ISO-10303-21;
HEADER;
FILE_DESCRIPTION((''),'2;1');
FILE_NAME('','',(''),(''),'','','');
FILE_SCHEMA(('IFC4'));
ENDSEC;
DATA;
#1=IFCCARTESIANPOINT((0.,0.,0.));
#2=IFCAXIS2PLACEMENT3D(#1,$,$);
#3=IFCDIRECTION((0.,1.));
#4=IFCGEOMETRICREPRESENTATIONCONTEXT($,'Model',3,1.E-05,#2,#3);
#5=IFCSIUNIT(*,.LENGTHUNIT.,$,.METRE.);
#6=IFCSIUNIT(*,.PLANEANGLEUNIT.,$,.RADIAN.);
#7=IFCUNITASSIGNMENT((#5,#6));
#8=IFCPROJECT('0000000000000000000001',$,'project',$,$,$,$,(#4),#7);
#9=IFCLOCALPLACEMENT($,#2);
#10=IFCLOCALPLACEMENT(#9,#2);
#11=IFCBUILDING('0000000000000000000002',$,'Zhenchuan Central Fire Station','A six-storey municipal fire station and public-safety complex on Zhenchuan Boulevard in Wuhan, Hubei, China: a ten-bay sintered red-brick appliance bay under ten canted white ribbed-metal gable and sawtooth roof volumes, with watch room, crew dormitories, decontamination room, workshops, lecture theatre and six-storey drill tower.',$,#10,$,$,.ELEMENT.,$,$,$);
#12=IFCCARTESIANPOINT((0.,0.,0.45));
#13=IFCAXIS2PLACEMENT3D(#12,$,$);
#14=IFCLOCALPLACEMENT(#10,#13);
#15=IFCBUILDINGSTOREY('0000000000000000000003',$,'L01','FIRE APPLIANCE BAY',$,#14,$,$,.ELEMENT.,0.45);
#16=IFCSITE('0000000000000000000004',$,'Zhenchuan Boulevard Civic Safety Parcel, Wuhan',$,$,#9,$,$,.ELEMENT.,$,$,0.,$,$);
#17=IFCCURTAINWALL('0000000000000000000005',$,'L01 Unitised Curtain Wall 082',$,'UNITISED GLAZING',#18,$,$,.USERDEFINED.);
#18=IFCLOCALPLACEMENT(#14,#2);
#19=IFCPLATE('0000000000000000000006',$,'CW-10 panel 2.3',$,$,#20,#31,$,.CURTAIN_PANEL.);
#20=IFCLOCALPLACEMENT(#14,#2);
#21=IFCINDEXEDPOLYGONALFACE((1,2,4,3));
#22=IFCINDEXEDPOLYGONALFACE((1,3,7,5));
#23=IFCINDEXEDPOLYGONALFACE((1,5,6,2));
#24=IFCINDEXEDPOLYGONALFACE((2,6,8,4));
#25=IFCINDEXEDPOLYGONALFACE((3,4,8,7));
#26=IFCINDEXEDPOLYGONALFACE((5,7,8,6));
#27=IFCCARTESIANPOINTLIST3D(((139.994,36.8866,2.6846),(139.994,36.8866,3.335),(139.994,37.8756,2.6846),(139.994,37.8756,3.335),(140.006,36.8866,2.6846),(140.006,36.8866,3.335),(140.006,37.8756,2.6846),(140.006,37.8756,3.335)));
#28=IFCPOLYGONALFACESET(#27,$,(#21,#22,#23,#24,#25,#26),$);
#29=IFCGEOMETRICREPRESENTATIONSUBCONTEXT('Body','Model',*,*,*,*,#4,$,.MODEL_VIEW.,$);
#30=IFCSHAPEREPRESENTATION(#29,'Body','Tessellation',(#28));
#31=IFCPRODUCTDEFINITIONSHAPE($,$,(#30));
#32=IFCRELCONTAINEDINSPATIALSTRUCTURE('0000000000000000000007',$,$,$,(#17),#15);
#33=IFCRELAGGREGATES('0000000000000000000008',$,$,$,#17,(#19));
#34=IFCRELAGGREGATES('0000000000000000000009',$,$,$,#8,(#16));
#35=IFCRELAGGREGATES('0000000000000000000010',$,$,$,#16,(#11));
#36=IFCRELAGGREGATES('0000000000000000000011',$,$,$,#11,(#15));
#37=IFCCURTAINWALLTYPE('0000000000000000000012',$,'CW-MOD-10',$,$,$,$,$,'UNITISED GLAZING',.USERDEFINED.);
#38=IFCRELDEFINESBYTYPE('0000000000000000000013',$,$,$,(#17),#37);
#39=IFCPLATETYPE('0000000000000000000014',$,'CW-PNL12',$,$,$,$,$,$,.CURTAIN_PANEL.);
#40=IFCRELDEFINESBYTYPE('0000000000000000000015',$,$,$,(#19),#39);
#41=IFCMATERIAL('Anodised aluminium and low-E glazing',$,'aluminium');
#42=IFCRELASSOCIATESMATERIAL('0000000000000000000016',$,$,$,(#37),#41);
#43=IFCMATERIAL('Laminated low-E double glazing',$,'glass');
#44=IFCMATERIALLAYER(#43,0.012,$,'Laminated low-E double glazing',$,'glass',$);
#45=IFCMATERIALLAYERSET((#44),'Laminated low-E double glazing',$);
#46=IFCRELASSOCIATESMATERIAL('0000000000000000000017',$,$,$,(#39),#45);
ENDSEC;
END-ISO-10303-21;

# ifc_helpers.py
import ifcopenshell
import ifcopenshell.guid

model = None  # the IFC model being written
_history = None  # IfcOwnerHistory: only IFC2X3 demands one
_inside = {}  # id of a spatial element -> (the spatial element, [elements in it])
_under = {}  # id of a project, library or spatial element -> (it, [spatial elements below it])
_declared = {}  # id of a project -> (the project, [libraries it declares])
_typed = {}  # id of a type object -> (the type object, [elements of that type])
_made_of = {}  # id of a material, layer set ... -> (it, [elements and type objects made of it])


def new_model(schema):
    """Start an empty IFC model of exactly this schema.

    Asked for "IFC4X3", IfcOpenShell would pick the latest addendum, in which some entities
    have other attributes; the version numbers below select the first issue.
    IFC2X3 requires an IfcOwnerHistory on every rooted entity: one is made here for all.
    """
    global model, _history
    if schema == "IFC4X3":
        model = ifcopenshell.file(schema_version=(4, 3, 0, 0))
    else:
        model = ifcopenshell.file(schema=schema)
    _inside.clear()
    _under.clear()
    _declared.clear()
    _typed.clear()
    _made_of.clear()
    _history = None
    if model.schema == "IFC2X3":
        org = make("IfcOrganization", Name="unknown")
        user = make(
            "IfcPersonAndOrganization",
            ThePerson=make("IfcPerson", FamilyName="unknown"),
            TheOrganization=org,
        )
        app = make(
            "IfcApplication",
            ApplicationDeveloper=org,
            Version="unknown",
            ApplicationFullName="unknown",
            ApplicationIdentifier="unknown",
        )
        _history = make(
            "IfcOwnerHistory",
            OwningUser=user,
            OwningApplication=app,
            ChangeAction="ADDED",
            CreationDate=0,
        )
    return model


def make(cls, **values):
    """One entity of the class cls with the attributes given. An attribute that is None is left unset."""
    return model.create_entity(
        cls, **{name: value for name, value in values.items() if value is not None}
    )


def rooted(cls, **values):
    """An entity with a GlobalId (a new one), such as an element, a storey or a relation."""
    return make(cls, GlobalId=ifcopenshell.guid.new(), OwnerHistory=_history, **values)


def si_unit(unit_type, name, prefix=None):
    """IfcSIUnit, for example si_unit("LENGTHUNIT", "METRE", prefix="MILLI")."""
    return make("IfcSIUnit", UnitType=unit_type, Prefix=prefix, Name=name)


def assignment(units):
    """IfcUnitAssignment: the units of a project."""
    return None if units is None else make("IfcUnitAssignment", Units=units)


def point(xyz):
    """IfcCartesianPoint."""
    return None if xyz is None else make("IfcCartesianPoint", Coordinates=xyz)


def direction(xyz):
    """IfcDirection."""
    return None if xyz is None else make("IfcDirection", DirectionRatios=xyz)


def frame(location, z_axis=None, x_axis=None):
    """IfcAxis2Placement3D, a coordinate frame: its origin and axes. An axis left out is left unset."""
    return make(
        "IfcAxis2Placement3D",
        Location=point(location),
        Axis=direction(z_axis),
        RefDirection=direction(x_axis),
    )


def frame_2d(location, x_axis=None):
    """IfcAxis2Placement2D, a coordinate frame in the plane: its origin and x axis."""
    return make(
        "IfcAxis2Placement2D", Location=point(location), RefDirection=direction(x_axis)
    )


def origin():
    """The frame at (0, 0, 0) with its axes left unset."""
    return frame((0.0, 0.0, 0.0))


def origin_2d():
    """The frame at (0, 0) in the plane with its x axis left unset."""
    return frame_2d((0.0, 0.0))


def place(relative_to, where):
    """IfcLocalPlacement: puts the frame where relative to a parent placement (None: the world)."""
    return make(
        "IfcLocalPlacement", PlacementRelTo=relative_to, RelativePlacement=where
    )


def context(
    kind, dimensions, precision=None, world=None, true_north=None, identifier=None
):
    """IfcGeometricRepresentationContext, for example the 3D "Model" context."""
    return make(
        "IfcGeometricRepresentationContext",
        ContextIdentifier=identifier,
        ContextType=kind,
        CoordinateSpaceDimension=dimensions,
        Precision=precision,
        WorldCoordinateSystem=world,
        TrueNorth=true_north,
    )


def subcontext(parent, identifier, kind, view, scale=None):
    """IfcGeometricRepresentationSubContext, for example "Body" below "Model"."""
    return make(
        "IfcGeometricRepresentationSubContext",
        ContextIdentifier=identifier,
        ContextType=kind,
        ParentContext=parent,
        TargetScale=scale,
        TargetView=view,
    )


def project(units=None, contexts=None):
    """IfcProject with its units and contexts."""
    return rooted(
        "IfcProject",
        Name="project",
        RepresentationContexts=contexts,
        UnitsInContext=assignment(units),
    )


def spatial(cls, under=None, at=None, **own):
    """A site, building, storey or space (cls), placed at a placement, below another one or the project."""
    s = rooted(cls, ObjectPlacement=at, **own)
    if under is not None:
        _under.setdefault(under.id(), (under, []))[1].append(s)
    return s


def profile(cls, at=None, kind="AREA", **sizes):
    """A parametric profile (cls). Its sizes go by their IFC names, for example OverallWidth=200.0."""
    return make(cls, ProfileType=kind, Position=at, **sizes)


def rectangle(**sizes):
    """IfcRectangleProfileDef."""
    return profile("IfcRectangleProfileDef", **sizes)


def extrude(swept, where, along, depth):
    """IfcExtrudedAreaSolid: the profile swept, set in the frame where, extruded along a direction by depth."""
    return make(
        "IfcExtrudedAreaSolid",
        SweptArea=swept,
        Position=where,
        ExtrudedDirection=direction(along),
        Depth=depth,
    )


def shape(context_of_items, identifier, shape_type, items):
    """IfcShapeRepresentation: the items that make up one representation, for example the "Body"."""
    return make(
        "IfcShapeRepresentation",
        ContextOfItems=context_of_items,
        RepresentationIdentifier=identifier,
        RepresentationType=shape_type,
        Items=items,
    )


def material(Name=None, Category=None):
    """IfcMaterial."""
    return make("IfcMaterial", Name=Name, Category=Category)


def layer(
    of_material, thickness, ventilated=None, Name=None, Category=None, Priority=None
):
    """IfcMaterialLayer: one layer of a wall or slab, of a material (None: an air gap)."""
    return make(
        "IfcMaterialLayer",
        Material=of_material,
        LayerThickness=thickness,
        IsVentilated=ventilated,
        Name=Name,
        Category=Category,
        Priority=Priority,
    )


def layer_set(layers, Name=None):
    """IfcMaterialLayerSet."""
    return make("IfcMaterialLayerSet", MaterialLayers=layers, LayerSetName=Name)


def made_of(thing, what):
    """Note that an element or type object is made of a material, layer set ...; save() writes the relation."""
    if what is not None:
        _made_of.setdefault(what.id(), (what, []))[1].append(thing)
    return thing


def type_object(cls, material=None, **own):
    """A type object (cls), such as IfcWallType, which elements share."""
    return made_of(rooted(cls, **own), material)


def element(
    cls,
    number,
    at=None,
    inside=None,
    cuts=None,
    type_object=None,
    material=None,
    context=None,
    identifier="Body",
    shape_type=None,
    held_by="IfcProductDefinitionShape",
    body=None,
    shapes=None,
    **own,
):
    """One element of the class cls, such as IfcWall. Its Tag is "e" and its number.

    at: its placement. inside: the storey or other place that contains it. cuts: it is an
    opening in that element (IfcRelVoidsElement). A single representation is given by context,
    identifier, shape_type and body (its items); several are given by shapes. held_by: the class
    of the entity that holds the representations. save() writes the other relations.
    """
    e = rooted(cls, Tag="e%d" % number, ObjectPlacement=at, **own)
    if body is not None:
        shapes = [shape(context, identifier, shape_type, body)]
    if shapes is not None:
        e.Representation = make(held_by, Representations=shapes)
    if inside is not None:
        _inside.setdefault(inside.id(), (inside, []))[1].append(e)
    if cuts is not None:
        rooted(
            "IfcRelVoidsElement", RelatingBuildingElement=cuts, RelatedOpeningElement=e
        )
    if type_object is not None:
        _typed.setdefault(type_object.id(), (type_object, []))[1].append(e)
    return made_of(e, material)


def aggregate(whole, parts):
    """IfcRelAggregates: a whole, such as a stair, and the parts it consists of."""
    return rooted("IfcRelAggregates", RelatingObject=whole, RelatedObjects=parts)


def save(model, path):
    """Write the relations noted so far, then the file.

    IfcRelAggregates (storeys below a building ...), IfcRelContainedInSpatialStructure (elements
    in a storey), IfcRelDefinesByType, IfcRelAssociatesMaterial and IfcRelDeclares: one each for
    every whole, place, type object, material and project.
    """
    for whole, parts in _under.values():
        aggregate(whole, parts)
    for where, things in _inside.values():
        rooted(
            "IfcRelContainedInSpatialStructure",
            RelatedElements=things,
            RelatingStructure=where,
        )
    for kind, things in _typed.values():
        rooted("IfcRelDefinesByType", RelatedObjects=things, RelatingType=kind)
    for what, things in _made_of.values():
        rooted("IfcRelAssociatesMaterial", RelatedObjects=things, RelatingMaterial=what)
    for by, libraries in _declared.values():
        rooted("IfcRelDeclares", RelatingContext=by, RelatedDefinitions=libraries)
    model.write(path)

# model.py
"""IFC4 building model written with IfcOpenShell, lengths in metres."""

from ifc_helpers import new_model, si_unit, direction, frame, origin, origin_2d, place, context, subcontext, project, spatial, rectangle, extrude, material, layer, layer_set, type_object, element, aggregate, save


model = new_model("IFC4")

# Units and contexts
model_context = context("Model", 3, precision=1e-05, world=origin(), true_north=direction((0.0, 1.0)))
body_context = subcontext(model_context, "Body", "Model", "MODEL_VIEW")
ifc_project = project(units=[si_unit("LENGTHUNIT", "METRE"), si_unit("PLANEANGLEUNIT", "RADIAN")], contexts=[model_context])

# Site, building, storey
site_placement = place(None, origin())
site = spatial("IfcSite", under=ifc_project, at=site_placement, Name="Zhenchuan Boulevard Civic Safety Parcel, Wuhan", CompositionType="ELEMENT", RefElevation=0.0)
building_placement = place(site_placement, origin())
building = spatial("IfcBuilding", under=site, at=building_placement, Name="Zhenchuan Central Fire Station", Description="A six-storey municipal fire station and public-safety complex on Zhenchuan Boulevard in Wuhan, Hubei, China: a ten-bay sintered red-brick appliance bay under ten canted white ribbed-metal gable and sawtooth roof volumes, with watch room, crew dormitories, decontamination room, workshops, lecture theatre and six-storey drill tower.", CompositionType="ELEMENT")
storey_placement = place(building_placement, frame((0.0, 0.0, 0.45)))
storey = spatial("IfcBuildingStorey", under=building, at=storey_placement, Name="L01", Description="FIRE APPLIANCE BAY", CompositionType="ELEMENT", Elevation=0.45)

# Curtain wall, plate
ifc_material_1 = material(Name="Anodised aluminium and low-E glazing", Category="aluminium")
curtain_wall_type = type_object("IfcCurtainWallType", Name="CW-MOD-10", ElementType="UNITISED GLAZING", PredefinedType="USERDEFINED", material=ifc_material_1)
curtain_wall_placement = place(storey_placement, origin())
curtain_wall = element("IfcCurtainWall", 1, at=curtain_wall_placement, inside=storey, type_object=curtain_wall_type, Name="L01 Unitised Curtain Wall 082", ObjectType="UNITISED GLAZING", PredefinedType="USERDEFINED")
ifc_material_2 = material(Name="Laminated low-E double glazing", Category="glass")
ifc_layer = layer(ifc_material_2, 0.012, Name="Laminated low-E double glazing", Category="glass")
ifc_layer_set = layer_set([ifc_layer], Name="Laminated low-E double glazing")
plate_type = type_object("IfcPlateType", Name="CW-PNL12", PredefinedType="CURTAIN_PANEL", material=ifc_layer_set)
plate_1_placement = place(storey_placement, frame((140.0, 37.3811, 2.6846), z_axis=(0.0, 0.0, 1.0), x_axis=(0.0, 1.0, 0.0)))
plate_1 = element("IfcPlate", 2, at=plate_1_placement, type_object=plate_type, Name="CW-10 panel 2.3", PredefinedType="CURTAIN_PANEL", context=body_context, shape_type="SweptSolid", body=[
    extrude(rectangle(XDim=0.989, YDim=0.012, at=origin_2d()), origin(), (0.0, 0.0, 1.0), 0.6504),
])
aggregate(curtain_wall, [plate_1])

save(model, "model.ifc")
